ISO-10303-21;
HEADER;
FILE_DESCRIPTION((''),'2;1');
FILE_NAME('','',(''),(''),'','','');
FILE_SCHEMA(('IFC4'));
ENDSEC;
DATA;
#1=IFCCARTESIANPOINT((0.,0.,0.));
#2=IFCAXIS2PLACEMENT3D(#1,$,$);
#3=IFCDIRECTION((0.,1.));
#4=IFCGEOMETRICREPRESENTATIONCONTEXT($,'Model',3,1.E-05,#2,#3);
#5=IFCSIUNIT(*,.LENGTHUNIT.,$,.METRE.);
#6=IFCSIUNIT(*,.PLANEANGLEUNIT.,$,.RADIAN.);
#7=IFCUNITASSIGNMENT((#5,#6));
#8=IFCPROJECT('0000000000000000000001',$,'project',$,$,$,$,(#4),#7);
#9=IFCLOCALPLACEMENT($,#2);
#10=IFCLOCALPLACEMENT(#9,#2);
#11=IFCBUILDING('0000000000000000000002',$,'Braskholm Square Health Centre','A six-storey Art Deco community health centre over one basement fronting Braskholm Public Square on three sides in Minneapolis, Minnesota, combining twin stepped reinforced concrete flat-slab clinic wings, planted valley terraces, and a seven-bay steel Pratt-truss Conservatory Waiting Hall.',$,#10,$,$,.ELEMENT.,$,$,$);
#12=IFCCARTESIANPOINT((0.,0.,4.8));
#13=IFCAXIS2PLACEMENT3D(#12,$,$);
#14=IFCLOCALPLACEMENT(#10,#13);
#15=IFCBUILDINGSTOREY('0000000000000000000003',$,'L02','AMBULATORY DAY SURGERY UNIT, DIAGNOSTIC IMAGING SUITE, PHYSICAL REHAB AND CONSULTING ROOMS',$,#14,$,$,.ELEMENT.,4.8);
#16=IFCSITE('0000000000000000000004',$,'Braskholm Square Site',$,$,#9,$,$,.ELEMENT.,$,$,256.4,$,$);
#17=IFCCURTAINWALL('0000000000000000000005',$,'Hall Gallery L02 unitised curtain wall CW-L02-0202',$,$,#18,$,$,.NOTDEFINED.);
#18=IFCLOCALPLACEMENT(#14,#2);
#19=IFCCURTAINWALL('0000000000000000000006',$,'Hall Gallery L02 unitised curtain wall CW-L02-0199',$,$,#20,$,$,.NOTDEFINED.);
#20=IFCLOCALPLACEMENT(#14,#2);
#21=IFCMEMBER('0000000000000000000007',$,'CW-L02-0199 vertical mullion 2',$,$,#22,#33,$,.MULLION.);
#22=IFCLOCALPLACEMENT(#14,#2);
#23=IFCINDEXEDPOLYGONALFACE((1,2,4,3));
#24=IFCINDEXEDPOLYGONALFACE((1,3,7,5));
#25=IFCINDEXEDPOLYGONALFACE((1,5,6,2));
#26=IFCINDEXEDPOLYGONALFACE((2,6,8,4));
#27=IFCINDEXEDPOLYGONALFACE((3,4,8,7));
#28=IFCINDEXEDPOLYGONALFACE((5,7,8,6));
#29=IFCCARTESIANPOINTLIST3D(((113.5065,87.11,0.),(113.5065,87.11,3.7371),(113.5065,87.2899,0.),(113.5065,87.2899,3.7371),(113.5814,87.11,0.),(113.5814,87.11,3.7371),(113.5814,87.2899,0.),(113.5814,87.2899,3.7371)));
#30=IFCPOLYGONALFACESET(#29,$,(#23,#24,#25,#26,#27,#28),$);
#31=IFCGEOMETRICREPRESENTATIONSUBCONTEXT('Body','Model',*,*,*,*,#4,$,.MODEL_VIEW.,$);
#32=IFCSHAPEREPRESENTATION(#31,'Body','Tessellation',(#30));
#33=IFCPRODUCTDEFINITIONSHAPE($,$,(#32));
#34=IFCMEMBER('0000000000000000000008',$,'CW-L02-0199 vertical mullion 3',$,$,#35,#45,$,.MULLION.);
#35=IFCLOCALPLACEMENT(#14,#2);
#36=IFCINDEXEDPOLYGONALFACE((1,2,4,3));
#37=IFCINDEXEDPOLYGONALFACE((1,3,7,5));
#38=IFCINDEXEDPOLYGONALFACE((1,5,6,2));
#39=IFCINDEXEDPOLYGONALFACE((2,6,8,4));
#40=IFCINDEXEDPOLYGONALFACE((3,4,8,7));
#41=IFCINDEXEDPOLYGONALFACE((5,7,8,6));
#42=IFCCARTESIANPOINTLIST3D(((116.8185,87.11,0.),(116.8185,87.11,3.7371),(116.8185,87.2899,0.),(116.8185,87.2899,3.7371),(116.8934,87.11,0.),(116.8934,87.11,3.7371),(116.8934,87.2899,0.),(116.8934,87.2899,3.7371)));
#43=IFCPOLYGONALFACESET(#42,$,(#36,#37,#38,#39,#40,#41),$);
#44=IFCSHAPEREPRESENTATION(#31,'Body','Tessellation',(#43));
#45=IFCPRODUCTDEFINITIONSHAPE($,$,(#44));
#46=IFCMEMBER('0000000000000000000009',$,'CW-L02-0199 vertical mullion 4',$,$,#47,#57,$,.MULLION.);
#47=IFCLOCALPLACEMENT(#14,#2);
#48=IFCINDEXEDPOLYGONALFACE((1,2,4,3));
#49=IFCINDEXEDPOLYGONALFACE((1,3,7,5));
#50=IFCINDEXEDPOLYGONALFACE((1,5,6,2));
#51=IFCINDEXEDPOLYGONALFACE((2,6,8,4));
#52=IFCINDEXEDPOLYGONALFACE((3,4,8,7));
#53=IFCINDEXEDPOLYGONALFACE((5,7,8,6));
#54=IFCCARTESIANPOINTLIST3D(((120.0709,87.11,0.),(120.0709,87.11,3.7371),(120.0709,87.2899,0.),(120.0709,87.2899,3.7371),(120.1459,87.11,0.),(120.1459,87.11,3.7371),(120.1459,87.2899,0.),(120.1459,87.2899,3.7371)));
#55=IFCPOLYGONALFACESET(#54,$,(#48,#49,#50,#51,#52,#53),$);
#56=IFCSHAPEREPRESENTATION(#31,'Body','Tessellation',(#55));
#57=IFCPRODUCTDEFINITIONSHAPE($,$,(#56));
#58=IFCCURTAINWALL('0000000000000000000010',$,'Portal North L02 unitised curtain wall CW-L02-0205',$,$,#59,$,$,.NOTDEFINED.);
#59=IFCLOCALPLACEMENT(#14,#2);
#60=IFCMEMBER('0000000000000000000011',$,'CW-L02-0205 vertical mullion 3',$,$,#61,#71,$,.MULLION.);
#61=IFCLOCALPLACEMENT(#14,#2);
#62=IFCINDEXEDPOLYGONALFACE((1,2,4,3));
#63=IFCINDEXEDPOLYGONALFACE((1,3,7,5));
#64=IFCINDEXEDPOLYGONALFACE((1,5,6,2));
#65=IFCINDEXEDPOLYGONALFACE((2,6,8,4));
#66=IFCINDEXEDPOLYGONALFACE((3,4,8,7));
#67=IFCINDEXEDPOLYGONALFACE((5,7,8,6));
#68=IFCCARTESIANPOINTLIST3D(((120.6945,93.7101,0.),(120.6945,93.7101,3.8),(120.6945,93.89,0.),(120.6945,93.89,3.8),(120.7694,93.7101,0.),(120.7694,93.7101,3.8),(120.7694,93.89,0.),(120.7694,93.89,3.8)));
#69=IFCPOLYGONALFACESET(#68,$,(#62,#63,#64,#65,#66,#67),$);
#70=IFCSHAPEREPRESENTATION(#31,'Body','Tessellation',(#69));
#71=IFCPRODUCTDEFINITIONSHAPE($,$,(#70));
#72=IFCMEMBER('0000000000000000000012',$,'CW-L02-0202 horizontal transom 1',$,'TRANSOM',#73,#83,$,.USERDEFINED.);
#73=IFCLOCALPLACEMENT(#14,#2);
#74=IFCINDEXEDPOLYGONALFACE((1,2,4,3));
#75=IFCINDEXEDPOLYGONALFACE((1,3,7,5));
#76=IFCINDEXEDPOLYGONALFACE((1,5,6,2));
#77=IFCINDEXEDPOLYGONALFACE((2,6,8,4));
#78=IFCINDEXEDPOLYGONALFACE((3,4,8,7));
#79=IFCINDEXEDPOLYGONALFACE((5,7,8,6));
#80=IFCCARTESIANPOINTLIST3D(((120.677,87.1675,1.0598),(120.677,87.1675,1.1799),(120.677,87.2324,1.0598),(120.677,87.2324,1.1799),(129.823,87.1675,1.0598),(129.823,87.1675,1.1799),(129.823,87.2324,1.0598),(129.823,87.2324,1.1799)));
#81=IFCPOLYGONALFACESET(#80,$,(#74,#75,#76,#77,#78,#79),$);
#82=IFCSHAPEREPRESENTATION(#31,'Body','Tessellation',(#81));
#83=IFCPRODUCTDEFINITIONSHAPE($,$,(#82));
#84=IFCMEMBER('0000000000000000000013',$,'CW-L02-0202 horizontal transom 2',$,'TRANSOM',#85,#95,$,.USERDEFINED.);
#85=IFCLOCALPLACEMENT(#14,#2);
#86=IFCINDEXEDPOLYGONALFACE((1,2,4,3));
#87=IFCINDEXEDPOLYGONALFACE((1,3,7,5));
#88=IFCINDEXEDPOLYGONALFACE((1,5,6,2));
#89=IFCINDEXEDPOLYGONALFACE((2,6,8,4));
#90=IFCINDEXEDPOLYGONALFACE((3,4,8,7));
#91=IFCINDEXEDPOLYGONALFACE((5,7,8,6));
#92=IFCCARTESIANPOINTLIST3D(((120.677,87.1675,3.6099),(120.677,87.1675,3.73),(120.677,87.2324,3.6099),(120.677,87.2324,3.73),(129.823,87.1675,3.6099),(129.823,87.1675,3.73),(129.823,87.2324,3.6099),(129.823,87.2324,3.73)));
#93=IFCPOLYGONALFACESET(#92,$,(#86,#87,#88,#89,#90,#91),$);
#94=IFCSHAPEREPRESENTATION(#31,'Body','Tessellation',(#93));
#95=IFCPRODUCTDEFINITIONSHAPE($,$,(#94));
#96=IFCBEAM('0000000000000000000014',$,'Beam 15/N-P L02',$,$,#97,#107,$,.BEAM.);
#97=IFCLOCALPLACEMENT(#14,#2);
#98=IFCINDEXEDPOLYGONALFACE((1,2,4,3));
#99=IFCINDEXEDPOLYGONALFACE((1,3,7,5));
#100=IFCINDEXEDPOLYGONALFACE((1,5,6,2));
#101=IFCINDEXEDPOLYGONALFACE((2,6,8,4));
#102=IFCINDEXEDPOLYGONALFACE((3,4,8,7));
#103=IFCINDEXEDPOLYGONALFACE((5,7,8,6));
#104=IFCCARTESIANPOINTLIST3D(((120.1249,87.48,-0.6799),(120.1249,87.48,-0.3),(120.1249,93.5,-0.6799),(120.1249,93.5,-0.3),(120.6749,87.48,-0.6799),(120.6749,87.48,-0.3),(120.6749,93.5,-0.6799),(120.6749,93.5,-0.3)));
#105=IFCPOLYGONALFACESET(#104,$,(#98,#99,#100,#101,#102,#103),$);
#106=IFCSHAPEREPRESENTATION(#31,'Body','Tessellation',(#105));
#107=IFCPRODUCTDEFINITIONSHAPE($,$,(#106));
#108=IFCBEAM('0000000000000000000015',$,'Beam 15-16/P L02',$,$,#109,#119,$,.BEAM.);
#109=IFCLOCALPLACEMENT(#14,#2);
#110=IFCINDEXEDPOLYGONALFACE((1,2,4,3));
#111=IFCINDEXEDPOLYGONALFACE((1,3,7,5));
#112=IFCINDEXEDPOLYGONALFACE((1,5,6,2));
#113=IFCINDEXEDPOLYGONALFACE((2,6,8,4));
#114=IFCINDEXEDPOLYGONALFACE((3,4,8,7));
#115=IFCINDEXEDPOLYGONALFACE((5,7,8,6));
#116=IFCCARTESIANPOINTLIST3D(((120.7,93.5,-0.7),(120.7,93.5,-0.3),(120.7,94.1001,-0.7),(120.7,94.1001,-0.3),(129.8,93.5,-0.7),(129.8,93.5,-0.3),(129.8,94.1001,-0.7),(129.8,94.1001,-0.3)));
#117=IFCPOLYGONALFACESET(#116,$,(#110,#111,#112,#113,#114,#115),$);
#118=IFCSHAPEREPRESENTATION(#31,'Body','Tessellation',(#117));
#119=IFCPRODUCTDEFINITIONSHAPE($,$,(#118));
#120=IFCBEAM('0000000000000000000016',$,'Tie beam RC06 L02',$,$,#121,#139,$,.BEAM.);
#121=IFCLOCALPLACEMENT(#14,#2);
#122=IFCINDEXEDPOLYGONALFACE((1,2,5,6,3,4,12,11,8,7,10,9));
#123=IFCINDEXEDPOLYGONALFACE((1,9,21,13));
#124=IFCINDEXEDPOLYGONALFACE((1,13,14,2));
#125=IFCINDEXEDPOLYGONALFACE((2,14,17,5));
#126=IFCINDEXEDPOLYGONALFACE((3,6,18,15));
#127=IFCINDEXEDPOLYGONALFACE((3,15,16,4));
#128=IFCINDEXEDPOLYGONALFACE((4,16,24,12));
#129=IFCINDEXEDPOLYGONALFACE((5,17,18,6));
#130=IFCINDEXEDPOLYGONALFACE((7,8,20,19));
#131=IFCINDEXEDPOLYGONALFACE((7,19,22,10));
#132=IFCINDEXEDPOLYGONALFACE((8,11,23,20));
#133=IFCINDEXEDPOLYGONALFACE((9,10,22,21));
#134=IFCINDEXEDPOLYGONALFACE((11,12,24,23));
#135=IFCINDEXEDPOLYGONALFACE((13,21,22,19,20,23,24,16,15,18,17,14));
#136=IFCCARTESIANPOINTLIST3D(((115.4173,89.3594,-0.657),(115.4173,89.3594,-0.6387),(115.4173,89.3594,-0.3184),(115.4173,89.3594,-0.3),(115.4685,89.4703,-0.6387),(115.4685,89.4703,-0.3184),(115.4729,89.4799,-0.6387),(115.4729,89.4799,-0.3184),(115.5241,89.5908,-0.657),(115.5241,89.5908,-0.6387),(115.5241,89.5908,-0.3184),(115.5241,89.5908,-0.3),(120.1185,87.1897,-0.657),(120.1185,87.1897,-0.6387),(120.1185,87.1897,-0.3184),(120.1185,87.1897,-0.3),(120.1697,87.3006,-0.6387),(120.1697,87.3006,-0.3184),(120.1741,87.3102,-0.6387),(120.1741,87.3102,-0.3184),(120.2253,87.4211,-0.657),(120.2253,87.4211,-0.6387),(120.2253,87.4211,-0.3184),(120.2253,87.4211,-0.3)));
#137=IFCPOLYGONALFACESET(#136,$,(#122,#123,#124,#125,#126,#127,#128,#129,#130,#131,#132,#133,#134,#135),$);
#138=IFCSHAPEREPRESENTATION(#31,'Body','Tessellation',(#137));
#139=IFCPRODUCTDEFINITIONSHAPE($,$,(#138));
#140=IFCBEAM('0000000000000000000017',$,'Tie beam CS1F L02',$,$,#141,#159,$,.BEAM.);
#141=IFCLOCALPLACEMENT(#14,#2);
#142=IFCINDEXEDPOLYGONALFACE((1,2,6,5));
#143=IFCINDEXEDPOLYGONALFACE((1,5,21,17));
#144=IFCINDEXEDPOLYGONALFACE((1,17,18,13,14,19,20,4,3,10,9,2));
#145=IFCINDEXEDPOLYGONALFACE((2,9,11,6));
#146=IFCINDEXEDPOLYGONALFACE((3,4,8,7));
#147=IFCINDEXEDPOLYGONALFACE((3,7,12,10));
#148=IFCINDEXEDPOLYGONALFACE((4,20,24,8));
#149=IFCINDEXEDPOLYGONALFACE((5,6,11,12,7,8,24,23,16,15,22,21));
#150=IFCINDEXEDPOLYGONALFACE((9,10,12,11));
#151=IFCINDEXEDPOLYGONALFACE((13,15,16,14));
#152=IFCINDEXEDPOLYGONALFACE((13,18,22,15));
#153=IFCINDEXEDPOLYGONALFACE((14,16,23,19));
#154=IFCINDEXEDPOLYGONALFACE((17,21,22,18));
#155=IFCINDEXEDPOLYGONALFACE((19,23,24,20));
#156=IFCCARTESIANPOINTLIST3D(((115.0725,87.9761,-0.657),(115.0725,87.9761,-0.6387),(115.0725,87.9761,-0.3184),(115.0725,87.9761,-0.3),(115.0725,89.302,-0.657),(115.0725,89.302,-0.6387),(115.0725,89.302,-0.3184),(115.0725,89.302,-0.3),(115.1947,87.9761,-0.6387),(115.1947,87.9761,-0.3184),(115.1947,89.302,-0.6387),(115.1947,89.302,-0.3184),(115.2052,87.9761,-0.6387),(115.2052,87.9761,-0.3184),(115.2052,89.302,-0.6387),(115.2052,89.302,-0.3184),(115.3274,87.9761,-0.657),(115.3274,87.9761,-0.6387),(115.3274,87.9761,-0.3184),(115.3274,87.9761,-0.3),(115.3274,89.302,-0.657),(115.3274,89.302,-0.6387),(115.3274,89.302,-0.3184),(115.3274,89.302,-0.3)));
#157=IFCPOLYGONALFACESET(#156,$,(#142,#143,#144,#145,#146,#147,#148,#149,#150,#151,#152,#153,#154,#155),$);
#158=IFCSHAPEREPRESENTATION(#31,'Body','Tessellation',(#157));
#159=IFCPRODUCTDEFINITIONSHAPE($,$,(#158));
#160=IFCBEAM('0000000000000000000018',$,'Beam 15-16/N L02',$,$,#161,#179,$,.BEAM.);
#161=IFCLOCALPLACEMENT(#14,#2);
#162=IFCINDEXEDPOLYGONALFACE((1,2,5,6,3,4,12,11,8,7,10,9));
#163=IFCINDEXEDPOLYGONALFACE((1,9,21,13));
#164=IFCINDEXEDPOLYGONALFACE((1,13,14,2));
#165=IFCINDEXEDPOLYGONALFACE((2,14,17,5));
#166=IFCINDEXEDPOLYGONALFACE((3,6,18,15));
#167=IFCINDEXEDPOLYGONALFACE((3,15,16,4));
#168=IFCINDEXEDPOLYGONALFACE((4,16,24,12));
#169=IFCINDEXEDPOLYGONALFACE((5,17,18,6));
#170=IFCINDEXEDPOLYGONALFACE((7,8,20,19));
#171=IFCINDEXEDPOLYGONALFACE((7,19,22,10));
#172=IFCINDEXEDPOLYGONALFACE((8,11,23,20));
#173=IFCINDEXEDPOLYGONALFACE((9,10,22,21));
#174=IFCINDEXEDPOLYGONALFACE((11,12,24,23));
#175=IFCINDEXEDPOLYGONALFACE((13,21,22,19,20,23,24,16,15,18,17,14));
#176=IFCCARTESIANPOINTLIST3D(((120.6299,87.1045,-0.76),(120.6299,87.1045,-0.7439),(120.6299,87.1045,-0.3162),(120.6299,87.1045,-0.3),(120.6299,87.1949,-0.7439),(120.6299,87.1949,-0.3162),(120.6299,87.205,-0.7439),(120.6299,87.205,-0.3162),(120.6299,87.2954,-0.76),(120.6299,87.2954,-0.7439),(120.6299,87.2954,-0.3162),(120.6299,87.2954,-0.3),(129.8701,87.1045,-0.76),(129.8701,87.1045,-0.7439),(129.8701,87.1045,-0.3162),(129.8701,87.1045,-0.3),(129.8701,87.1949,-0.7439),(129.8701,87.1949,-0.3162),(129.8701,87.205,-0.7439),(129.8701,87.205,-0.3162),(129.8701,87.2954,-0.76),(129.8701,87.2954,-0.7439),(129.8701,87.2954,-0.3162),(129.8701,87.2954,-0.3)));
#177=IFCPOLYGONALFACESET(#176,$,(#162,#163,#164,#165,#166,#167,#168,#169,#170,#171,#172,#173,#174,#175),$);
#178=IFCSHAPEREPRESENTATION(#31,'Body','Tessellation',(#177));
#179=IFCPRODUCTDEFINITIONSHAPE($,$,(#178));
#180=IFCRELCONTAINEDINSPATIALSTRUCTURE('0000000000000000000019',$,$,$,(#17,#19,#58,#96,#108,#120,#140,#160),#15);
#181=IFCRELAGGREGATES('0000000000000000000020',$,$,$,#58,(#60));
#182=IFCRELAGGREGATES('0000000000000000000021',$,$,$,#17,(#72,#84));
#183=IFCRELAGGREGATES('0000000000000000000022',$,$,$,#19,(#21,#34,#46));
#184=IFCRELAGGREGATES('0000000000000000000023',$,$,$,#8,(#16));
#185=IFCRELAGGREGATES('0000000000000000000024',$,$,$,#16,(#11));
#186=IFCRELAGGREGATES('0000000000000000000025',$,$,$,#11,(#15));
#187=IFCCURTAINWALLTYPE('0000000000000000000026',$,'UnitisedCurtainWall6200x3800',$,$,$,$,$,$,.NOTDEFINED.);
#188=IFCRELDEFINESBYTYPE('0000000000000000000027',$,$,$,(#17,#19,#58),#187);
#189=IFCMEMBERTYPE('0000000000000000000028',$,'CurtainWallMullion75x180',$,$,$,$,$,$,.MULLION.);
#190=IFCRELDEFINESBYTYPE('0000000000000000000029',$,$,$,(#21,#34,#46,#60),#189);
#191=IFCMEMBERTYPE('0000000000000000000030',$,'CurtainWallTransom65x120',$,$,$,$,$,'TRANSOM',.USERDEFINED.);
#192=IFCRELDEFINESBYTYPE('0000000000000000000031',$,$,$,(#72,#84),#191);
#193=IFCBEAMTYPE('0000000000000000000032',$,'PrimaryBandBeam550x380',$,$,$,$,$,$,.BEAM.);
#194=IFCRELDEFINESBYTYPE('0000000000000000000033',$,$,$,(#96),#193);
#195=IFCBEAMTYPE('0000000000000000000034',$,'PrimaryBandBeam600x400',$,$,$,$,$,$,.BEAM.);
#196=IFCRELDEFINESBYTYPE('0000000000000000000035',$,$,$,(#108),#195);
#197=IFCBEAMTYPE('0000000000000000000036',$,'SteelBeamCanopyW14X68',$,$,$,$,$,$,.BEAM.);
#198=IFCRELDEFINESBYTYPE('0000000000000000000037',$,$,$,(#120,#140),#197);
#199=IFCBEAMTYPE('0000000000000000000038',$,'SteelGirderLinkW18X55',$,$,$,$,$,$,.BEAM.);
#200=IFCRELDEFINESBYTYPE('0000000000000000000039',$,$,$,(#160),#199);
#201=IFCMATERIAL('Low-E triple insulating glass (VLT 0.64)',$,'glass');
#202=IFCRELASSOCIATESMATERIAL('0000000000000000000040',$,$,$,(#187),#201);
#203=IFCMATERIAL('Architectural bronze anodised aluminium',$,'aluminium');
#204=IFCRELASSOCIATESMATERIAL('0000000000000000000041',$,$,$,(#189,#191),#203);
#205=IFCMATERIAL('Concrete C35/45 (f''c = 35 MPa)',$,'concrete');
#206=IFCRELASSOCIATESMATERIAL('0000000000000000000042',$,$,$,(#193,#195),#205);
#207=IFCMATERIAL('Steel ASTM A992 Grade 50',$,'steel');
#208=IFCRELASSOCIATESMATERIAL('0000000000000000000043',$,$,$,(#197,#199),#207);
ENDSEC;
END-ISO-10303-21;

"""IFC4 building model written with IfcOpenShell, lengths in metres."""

from ifc_helpers import new_model, si_unit, direction, frame, origin, origin_2d, place, context, subcontext, project, spatial, rectangle, i_section, extrude, material, material_profile, profile_set, type_object, element, aggregate, save


model = new_model("IFC4")

# Units and contexts
model_context = context("Model", 3, precision=1e-05, world=origin(), true_north=direction((0.0, 1.0)))
body_context = subcontext(model_context, "Body", "Model", "MODEL_VIEW")
ifc_project = project(units=[si_unit("LENGTHUNIT", "METRE"), si_unit("PLANEANGLEUNIT", "RADIAN")], contexts=[model_context])

# Site, building, storey
site_placement = place(None, origin())
site = spatial("IfcSite", under=ifc_project, at=site_placement, Name="Braskholm Square Site", CompositionType="ELEMENT", RefElevation=256.4)
building_placement = place(site_placement, origin())
building = spatial("IfcBuilding", under=site, at=building_placement, Name="Braskholm Square Health Centre", Description="A six-storey Art Deco community health centre over one basement fronting Braskholm Public Square on three sides in Minneapolis, Minnesota, combining twin stepped reinforced concrete flat-slab clinic wings, planted valley terraces, and a seven-bay steel Pratt-truss Conservatory Waiting Hall.", CompositionType="ELEMENT")
storey_placement = place(building_placement, frame((0.0, 0.0, 4.8)))
storey = spatial("IfcBuildingStorey", under=building, at=storey_placement, Name="L02", Description="AMBULATORY DAY SURGERY UNIT, DIAGNOSTIC IMAGING SUITE, PHYSICAL REHAB AND CONSULTING ROOMS", CompositionType="ELEMENT", Elevation=4.8)

# Shared definitions
ifc_material_1 = material(Name="Steel ASTM A992 Grade 50", Category="steel")

# Curtain walls, members
ifc_material_2 = material(Name="Low-E triple insulating glass (VLT 0.64)", Category="glass")
curtain_wall_type = type_object("IfcCurtainWallType", Name="UnitisedCurtainWall6200x3800", PredefinedType="NOTDEFINED", material=ifc_material_2)
curtain_wall_1_placement = place(storey_placement, origin())
curtain_wall_1 = element("IfcCurtainWall", 1, at=curtain_wall_1_placement, inside=storey, type_object=curtain_wall_type, Name="Hall Gallery L02 unitised curtain wall CW-L02-0202", PredefinedType="NOTDEFINED")
ifc_material_3 = material(Name="Architectural bronze anodised aluminium", Category="aluminium")
curtain_wall_2_placement = place(storey_placement, origin())
curtain_wall_2 = element("IfcCurtainWall", 2, at=curtain_wall_2_placement, inside=storey, type_object=curtain_wall_type, Name="Hall Gallery L02 unitised curtain wall CW-L02-0199", PredefinedType="NOTDEFINED")
ifc_material_profile_1 = material_profile(ifc_material_3, rectangle(XDim=0.075, YDim=0.1799, at=origin_2d()), Name="ALU-75X180")
ifc_profile_set_1 = profile_set([ifc_material_profile_1], Name="Architectural bronze anodised aluminium")
member_type_1 = type_object("IfcMemberType", Name="CurtainWallMullion75x180", PredefinedType="MULLION", material=ifc_profile_set_1)
member_1_placement = place(storey_placement, frame((113.5439, 87.2, 0.0), z_axis=(0.0, 0.0, 1.0), x_axis=(1.0, 0.0, 0.0)))
member_1 = element("IfcMember", 3, at=member_1_placement, type_object=member_type_1, Name="CW-L02-0199 vertical mullion 2", PredefinedType="MULLION", context=body_context, shape_type="SweptSolid", body=[
    extrude(rectangle(XDim=0.075, YDim=0.1799, at=origin_2d()), origin(), (0.0, 0.0, 1.0), 3.7371),
])
member_2_placement = place(storey_placement, frame((116.856, 87.2, 0.0), z_axis=(0.0, 0.0, 1.0), x_axis=(1.0, 0.0, 0.0)))
member_2 = element("IfcMember", 4, at=member_2_placement, type_object=member_type_1, Name="CW-L02-0199 vertical mullion 3", PredefinedType="MULLION", context=body_context, shape_type="SweptSolid", body=[
    extrude(rectangle(XDim=0.075, YDim=0.1799, at=origin_2d()), origin(), (0.0, 0.0, 1.0), 3.7371),
])
member_3_placement = place(storey_placement, frame((120.1084, 87.2, 0.0), z_axis=(0.0, 0.0, 1.0), x_axis=(1.0, 0.0, 0.0)))
member_3 = element("IfcMember", 5, at=member_3_placement, type_object=member_type_1, Name="CW-L02-0199 vertical mullion 4", PredefinedType="MULLION", context=body_context, shape_type="SweptSolid", body=[
    extrude(rectangle(XDim=0.075, YDim=0.1799, at=origin_2d()), origin(), (0.0, 0.0, 1.0), 3.7371),
])

# Curtain wall, member
curtain_wall_3_placement = place(storey_placement, origin())
curtain_wall_3 = element("IfcCurtainWall", 6, at=curtain_wall_3_placement, inside=storey, type_object=curtain_wall_type, Name="Portal North L02 unitised curtain wall CW-L02-0205", PredefinedType="NOTDEFINED")
member_4_placement = place(storey_placement, frame((120.7319, 93.8, 0.0), z_axis=(0.0, 0.0, 1.0), x_axis=(1.0, 0.0, 0.0)))
member_4 = element("IfcMember", 7, at=member_4_placement, type_object=member_type_1, Name="CW-L02-0205 vertical mullion 3", PredefinedType="MULLION", context=body_context, shape_type="SweptSolid", body=[
    extrude(rectangle(XDim=0.075, YDim=0.1799, at=origin_2d()), origin(), (0.0, 0.0, 1.0), 3.8),
])
aggregate(curtain_wall_3, [member_4])

# Members
ifc_material_profile_2 = material_profile(ifc_material_3, rectangle(XDim=0.0649, YDim=0.1201, at=origin_2d()), Name="ALU-65X120")
ifc_profile_set_2 = profile_set([ifc_material_profile_2], Name="Architectural bronze anodised aluminium")
member_type_2 = type_object("IfcMemberType", Name="CurtainWallTransom65x120", ElementType="TRANSOM", PredefinedType="USERDEFINED", material=ifc_profile_set_2)
member_5_placement = place(storey_placement, frame((120.677, 87.2, 1.1199), z_axis=(1.0, 0.0, 0.0), x_axis=(0.0, 1.0, 0.0)))
member_5 = element("IfcMember", 8, at=member_5_placement, type_object=member_type_2, Name="CW-L02-0202 horizontal transom 1", ObjectType="TRANSOM", PredefinedType="USERDEFINED", context=body_context, shape_type="SweptSolid", body=[
    extrude(rectangle(XDim=0.0649, YDim=0.1201, at=origin_2d()), origin(), (0.0, 0.0, 1.0), 9.146),
])
member_6_placement = place(storey_placement, frame((120.677, 87.2, 3.6699), z_axis=(1.0, 0.0, 0.0), x_axis=(0.0, 1.0, 0.0)))
member_6 = element("IfcMember", 9, at=member_6_placement, type_object=member_type_2, Name="CW-L02-0202 horizontal transom 2", ObjectType="TRANSOM", PredefinedType="USERDEFINED", context=body_context, shape_type="SweptSolid", body=[
    extrude(rectangle(XDim=0.0649, YDim=0.1201, at=origin_2d()), origin(), (0.0, 0.0, 1.0), 9.146),
])

# Beams
ifc_material_4 = material(Name="Concrete C35/45 (f'c = 35 MPa)", Category="concrete")
ifc_material_profile_3 = material_profile(ifc_material_4, rectangle(XDim=0.55, YDim=0.3799, at=origin_2d()), Name="RCB-550X380")
ifc_profile_set_3 = profile_set([ifc_material_profile_3], Name="Concrete C35/45 (f'c = 35 MPa)")
beam_type_1 = type_object("IfcBeamType", Name="PrimaryBandBeam550x380", PredefinedType="BEAM", material=ifc_profile_set_3)
beam_1_placement = place(storey_placement, frame((120.3999, 87.48, -0.49), z_axis=(0.0, 1.0, 0.0), x_axis=(-1.0, 0.0, 0.0)))
element("IfcBeam", 10, at=beam_1_placement, inside=storey, type_object=beam_type_1, Name="Beam 15/N-P L02", PredefinedType="BEAM", context=body_context, shape_type="SweptSolid", body=[
    extrude(rectangle(XDim=0.55, YDim=0.3799, at=origin_2d()), origin(), (0.0, 0.0, 1.0), 6.02),
])
ifc_material_profile_4 = material_profile(ifc_material_4, rectangle(XDim=0.6001, YDim=0.3999, at=origin_2d()), Name="RCB-600X400")
ifc_profile_set_4 = profile_set([ifc_material_profile_4], Name="Concrete C35/45 (f'c = 35 MPa)")
beam_type_2 = type_object("IfcBeamType", Name="PrimaryBandBeam600x400", PredefinedType="BEAM", material=ifc_profile_set_4)
beam_2_placement = place(storey_placement, frame((120.7, 93.8, -0.5), z_axis=(1.0, 0.0, 0.0), x_axis=(0.0, 1.0, 0.0)))
element("IfcBeam", 11, at=beam_2_placement, inside=storey, type_object=beam_type_2, Name="Beam 15-16/P L02", PredefinedType="BEAM", context=body_context, shape_type="SweptSolid", body=[
    extrude(rectangle(XDim=0.6001, YDim=0.3999, at=origin_2d()), origin(), (0.0, 0.0, 1.0), 9.1001),
])
ifc_material_profile_5 = material_profile(ifc_material_1, i_section(OverallWidth=0.2549, OverallDepth=0.3569, WebThickness=0.0105, FlangeThickness=0.0183, at=origin_2d()), Name="W14X68")
ifc_profile_set_5 = profile_set([ifc_material_profile_5], Name="Steel ASTM A992 Grade 50")
beam_type_3 = type_object("IfcBeamType", Name="SteelBeamCanopyW14X68", PredefinedType="BEAM", material=ifc_profile_set_5)
beam_3_placement = place(storey_placement, frame((115.4707, 89.4751, -0.4785), z_axis=(0.907966, -0.419043, 0.0), x_axis=(0.419043, 0.907966, 0.0)))
element("IfcBeam", 12, at=beam_3_placement, inside=storey, type_object=beam_type_3, Name="Tie beam RC06 L02", PredefinedType="BEAM", context=body_context, shape_type="SweptSolid", body=[
    extrude(i_section(OverallWidth=0.2549, OverallDepth=0.3569, WebThickness=0.0105, FlangeThickness=0.0183, at=origin_2d()), origin(), (0.0, 0.0, 1.0), 5.1777),
])
beam_4_placement = place(storey_placement, frame((115.2, 87.9761, -0.4785), z_axis=(0.0, 1.0, 0.0), x_axis=(-1.0, 0.0, 0.0)))
element("IfcBeam", 13, at=beam_4_placement, inside=storey, type_object=beam_type_3, Name="Tie beam CS1F L02", PredefinedType="BEAM", context=body_context, shape_type="SweptSolid", body=[
    extrude(i_section(OverallWidth=0.2549, OverallDepth=0.3569, WebThickness=0.0105, FlangeThickness=0.0183, at=origin_2d()), origin(), (0.0, 0.0, 1.0), 1.3259),
])
ifc_material_profile_6 = material_profile(ifc_material_1, i_section(OverallWidth=0.1909, OverallDepth=0.46, WebThickness=0.01, FlangeThickness=0.0161, at=origin_2d()), Name="W18X55")
ifc_profile_set_6 = profile_set([ifc_material_profile_6], Name="Steel ASTM A992 Grade 50")
beam_type_4 = type_object("IfcBeamType", Name="SteelGirderLinkW18X55", PredefinedType="BEAM", material=ifc_profile_set_6)
beam_5_placement = place(storey_placement, frame((120.6299, 87.2, -0.53), z_axis=(1.0, 0.0, 0.0), x_axis=(0.0, 1.0, 0.0)))
element("IfcBeam", 14, at=beam_5_placement, inside=storey, type_object=beam_type_4, Name="Beam 15-16/N L02", PredefinedType="BEAM", context=body_context, shape_type="SweptSolid", body=[
    extrude(i_section(OverallWidth=0.1909, OverallDepth=0.46, WebThickness=0.01, FlangeThickness=0.0161, at=origin_2d()), origin(), (0.0, 0.0, 1.0), 9.2402),
])

aggregate(curtain_wall_1, [member_5, member_6])
aggregate(curtain_wall_2, [member_1, member_2, member_3])

save(model, "model.ifc")
